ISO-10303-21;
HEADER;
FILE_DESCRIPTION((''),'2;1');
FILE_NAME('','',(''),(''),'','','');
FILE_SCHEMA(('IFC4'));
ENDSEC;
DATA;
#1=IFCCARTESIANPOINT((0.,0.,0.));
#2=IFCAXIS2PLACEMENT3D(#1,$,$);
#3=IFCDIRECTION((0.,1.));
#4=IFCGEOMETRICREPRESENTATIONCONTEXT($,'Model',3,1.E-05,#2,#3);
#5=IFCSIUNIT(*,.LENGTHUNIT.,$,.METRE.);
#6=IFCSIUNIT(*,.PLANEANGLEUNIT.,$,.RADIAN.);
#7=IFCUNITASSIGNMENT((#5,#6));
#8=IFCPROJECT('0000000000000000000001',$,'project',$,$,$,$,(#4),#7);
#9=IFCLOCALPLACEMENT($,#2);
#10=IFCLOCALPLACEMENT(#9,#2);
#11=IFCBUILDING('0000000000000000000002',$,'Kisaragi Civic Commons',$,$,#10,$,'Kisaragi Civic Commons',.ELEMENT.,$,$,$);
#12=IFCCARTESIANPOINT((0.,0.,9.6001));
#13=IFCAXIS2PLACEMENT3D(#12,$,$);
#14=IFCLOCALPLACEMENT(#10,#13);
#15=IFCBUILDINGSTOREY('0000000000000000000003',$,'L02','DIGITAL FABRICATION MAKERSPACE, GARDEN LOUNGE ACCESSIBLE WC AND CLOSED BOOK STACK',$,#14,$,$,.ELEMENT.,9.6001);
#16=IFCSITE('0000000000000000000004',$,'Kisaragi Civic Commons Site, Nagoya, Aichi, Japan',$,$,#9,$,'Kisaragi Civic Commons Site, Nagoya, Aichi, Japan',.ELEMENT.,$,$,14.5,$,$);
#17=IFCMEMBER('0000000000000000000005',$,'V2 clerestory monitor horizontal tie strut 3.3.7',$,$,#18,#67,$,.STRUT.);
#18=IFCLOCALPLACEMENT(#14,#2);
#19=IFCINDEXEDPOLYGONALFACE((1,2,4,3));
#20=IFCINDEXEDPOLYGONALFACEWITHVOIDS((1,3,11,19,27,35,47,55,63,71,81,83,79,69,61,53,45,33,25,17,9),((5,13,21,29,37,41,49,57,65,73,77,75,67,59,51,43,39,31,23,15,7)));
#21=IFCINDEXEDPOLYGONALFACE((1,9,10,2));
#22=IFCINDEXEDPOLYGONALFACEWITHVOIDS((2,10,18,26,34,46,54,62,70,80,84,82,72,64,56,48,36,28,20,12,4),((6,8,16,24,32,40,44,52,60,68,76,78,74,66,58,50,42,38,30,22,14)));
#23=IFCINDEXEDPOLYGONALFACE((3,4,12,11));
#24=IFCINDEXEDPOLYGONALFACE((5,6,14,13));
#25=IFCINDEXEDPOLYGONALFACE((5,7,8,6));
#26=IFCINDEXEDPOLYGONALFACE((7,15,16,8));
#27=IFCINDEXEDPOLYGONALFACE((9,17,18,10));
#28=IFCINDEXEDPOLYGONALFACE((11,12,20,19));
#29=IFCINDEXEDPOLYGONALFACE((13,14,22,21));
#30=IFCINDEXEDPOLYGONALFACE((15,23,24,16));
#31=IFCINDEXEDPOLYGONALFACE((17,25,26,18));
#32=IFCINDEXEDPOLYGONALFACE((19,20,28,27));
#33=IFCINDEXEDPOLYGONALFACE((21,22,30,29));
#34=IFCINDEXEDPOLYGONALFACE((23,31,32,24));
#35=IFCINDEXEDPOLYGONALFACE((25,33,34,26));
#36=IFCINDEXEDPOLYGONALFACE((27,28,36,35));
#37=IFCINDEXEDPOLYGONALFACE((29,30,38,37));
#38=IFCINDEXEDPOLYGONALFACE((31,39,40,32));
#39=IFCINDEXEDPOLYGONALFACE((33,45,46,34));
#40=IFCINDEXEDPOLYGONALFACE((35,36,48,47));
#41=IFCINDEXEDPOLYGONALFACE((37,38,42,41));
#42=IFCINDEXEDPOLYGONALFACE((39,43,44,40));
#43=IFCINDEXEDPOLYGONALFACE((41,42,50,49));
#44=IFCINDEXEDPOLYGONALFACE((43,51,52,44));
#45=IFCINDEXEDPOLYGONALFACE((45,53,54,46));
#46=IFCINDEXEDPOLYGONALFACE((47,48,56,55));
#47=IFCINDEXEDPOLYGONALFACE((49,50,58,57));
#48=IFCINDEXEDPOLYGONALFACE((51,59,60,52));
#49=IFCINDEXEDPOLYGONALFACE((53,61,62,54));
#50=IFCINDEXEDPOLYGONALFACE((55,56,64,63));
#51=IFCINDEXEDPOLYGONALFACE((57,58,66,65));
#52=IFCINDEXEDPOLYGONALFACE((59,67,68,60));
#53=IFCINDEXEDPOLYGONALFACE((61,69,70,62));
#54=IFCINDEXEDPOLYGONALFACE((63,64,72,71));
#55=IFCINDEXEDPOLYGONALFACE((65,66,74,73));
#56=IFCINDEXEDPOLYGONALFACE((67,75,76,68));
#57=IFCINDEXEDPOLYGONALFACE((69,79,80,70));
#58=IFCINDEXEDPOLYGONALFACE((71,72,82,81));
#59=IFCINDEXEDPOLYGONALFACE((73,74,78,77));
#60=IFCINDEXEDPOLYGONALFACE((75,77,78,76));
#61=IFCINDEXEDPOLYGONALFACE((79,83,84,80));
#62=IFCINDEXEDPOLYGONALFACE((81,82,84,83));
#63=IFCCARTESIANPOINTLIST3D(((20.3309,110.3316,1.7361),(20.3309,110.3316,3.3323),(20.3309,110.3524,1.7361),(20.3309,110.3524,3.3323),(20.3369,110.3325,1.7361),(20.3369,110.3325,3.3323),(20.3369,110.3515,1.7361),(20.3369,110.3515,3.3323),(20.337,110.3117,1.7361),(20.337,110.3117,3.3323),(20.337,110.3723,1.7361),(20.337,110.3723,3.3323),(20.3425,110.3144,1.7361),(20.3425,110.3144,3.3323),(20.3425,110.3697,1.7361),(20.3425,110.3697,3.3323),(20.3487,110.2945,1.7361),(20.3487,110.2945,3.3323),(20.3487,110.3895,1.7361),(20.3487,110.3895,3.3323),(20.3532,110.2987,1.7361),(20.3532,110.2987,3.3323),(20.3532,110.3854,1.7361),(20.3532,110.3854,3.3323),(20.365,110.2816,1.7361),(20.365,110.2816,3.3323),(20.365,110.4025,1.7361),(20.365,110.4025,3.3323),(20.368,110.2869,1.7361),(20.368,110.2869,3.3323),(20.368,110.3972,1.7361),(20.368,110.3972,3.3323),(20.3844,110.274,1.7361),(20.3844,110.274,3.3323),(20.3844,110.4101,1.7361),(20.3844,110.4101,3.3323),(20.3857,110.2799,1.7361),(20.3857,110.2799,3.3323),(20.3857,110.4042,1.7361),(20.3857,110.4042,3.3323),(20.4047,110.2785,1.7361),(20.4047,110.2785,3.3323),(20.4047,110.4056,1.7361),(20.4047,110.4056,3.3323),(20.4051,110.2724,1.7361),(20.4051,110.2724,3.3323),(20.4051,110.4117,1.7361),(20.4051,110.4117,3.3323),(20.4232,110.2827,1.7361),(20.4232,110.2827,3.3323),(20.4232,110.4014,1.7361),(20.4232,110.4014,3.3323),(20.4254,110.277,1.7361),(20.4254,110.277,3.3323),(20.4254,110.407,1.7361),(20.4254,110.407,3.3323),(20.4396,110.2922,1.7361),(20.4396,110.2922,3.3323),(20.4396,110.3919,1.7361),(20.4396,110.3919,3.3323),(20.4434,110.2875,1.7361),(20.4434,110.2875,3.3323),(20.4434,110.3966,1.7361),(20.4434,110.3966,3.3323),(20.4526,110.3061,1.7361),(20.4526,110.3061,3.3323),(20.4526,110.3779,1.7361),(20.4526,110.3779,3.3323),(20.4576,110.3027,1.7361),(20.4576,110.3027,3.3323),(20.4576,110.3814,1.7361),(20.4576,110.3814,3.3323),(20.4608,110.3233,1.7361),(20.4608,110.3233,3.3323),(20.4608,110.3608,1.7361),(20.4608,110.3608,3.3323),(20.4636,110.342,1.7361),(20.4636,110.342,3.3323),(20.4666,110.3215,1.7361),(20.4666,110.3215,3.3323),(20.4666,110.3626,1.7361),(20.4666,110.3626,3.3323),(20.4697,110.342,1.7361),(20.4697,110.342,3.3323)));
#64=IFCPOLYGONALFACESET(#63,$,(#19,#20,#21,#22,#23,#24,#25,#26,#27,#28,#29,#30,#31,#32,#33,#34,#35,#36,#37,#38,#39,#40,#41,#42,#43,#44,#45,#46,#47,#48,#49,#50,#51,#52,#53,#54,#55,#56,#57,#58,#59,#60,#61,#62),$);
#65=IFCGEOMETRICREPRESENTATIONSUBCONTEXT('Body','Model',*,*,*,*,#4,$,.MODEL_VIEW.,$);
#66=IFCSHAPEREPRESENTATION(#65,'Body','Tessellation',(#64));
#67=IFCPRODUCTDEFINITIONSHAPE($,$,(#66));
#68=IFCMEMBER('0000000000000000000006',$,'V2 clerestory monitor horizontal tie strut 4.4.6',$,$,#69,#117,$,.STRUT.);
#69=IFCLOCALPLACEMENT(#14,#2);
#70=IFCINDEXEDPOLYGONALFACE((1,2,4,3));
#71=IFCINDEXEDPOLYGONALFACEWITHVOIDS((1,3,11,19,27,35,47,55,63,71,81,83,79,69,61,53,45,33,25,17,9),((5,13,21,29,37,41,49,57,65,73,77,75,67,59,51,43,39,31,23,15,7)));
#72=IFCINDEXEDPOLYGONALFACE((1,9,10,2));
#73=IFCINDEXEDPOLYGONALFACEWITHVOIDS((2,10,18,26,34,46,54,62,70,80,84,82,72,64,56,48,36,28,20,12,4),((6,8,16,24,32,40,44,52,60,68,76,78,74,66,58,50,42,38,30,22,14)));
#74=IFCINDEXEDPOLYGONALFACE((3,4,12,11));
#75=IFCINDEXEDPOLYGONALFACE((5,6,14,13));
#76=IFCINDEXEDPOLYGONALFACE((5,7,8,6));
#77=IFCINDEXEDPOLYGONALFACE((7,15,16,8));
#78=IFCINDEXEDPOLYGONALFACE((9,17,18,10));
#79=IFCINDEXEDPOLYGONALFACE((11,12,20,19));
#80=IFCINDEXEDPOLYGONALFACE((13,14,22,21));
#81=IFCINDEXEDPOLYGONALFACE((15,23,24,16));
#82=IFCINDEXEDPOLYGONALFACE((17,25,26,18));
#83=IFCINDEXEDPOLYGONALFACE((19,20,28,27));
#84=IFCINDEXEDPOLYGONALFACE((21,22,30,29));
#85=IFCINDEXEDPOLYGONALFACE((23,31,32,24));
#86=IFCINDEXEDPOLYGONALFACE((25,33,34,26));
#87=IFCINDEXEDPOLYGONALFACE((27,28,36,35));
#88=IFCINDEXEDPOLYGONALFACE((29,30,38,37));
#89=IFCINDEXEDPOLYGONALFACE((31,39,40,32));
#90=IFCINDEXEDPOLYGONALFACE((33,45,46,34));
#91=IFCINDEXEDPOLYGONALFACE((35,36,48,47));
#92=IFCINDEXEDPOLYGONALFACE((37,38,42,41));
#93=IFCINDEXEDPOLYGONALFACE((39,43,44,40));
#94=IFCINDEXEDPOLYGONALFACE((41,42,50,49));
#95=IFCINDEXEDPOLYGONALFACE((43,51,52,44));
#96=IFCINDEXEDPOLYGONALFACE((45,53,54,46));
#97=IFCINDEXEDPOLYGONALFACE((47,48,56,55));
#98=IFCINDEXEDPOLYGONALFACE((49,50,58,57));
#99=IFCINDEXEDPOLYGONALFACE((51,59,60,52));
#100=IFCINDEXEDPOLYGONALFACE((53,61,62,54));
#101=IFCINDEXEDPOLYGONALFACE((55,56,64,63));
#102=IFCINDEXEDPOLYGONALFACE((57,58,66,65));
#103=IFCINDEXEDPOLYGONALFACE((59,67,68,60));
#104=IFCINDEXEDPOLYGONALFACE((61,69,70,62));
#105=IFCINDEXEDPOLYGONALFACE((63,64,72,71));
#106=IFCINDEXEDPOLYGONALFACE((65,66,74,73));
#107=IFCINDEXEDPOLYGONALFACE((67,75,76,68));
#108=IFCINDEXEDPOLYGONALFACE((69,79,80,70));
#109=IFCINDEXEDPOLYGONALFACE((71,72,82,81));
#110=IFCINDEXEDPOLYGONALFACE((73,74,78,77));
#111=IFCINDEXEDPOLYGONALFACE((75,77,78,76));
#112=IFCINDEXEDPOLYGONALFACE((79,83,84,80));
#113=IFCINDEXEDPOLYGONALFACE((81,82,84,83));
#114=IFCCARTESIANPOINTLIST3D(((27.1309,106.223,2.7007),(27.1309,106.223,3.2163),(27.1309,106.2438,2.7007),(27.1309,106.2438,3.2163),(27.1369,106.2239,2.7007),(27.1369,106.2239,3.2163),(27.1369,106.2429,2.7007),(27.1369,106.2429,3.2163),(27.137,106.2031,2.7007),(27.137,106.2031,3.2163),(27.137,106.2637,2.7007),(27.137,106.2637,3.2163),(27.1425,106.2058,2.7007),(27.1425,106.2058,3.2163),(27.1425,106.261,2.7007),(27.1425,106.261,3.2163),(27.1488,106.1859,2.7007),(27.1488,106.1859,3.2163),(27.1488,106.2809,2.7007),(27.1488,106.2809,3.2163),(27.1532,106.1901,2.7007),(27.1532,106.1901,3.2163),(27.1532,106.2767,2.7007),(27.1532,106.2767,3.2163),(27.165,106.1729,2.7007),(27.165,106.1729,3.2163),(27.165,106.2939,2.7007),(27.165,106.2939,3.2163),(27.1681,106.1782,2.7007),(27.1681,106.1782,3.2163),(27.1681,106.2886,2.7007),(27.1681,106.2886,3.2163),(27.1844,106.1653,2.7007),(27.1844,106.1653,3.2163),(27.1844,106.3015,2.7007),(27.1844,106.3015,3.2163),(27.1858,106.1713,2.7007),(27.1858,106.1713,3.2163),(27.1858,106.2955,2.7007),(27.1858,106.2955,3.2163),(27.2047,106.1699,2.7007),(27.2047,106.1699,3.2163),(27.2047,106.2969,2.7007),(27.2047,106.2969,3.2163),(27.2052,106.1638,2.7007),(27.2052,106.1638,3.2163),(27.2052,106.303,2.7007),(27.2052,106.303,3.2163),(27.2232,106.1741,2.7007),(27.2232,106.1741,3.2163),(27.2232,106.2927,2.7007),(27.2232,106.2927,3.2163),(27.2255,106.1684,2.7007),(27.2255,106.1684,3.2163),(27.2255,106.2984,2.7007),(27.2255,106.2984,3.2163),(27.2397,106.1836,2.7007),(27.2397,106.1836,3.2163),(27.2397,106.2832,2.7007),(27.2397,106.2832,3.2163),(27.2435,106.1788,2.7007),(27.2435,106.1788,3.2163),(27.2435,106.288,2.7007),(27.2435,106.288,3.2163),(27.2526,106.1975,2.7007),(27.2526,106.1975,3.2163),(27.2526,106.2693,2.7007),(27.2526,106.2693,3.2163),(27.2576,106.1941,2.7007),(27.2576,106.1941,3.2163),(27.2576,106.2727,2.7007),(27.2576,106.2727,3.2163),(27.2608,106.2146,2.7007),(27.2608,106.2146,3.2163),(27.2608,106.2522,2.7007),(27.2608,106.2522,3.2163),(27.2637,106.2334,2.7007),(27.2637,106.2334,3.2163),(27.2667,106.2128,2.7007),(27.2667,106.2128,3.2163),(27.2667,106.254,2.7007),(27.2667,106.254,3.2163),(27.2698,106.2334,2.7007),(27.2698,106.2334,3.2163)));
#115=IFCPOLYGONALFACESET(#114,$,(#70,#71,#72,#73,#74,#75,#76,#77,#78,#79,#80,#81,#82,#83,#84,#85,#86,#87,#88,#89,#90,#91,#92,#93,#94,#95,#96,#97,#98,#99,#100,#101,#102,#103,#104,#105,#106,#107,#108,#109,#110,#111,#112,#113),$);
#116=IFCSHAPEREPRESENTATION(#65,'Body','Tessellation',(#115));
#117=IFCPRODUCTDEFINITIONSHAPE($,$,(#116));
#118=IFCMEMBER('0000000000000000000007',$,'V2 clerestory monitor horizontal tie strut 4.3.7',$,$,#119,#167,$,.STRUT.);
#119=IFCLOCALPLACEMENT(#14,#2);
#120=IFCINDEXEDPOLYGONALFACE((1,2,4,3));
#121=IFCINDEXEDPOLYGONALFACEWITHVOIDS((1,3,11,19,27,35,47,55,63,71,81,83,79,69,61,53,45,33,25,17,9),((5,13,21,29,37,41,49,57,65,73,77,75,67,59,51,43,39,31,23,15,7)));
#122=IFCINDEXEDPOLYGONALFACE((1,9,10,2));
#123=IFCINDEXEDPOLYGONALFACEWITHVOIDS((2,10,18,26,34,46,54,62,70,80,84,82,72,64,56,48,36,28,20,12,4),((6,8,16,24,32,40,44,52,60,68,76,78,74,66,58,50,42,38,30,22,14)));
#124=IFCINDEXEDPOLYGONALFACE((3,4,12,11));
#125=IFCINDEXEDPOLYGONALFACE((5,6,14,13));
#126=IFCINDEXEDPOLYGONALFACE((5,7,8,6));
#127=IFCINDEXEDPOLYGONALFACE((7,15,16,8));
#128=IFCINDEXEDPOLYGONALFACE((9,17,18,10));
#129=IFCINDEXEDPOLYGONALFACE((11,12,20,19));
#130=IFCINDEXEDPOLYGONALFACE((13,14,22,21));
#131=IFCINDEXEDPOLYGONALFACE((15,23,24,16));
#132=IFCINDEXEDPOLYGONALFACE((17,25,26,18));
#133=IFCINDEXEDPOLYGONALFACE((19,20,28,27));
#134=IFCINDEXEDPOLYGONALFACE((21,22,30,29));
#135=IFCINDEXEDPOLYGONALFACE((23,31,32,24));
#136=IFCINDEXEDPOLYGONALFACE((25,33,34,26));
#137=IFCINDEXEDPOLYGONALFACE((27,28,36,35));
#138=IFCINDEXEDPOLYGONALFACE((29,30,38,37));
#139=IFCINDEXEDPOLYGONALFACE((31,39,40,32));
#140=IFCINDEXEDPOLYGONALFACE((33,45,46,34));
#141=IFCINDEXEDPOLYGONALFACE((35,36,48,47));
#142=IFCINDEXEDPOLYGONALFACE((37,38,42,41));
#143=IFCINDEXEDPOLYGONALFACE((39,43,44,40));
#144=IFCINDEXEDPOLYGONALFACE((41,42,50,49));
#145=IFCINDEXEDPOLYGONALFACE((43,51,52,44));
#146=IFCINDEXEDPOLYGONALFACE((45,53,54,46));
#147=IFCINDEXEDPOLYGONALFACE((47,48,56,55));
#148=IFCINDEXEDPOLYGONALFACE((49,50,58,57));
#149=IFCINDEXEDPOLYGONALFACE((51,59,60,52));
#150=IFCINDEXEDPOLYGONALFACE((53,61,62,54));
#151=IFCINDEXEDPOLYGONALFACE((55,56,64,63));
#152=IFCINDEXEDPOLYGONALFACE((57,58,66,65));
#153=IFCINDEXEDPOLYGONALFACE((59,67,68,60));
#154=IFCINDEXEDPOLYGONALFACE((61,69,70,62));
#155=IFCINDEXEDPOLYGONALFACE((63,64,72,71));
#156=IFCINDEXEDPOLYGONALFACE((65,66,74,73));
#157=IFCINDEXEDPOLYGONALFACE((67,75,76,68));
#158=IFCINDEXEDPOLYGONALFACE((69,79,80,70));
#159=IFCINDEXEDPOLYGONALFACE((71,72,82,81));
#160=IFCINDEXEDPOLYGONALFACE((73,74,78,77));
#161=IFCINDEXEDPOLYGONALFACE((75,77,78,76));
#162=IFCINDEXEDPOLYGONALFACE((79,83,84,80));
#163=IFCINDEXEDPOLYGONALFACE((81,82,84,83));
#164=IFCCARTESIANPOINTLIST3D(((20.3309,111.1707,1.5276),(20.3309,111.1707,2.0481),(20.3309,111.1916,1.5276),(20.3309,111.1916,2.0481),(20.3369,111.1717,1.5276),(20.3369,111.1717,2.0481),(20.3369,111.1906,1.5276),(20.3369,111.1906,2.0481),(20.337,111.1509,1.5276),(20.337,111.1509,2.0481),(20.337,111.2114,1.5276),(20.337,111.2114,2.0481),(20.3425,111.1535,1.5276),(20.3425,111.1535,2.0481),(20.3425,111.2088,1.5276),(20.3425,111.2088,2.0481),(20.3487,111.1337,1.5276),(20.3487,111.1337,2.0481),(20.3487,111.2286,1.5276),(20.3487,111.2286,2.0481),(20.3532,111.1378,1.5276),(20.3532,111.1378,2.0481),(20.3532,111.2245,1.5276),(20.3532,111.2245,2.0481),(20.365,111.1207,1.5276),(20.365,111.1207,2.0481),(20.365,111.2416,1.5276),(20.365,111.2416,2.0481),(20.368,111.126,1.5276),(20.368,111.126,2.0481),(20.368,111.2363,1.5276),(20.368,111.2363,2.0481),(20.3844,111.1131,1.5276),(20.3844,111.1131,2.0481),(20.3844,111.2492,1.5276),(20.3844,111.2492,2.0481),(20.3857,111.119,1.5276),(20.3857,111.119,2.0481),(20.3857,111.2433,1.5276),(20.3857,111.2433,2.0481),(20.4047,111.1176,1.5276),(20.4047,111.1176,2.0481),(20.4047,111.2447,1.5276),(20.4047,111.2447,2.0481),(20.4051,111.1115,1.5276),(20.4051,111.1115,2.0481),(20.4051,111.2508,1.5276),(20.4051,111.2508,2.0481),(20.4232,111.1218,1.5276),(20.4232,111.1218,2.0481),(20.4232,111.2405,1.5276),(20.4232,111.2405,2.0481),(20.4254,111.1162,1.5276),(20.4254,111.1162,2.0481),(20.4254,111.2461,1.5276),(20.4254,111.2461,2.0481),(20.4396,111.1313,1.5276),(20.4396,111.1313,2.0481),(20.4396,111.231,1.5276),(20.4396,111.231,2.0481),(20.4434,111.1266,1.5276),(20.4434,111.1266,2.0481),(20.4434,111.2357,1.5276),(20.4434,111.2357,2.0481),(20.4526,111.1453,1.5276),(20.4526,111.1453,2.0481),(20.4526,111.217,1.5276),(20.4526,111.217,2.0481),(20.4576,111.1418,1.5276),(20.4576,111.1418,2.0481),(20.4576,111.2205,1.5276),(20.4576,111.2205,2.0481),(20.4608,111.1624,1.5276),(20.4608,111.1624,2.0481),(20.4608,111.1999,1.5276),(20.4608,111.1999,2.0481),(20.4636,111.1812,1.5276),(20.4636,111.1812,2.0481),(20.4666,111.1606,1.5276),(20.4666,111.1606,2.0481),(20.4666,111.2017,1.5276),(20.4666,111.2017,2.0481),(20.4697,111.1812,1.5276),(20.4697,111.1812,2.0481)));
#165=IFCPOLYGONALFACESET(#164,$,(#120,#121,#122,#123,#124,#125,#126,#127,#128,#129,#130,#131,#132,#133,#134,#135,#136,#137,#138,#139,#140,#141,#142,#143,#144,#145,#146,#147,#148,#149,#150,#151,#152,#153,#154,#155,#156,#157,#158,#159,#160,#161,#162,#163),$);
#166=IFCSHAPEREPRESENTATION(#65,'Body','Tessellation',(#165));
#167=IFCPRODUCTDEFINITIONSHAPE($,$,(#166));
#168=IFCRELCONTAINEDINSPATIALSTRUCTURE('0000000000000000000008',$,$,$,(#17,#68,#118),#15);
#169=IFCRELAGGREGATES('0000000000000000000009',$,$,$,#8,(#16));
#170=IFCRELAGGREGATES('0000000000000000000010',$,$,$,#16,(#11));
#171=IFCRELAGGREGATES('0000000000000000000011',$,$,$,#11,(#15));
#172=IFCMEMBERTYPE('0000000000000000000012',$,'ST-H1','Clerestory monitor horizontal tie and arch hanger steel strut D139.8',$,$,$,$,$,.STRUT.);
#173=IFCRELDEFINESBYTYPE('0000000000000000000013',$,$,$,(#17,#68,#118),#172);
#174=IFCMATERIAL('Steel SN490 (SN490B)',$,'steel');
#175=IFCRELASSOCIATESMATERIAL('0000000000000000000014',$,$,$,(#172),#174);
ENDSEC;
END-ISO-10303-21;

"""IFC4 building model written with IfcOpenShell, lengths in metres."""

from ifc_helpers import new_model, si_unit, direction, frame, origin, origin_2d, place, context, subcontext, project, spatial, hollow_circle, extrude, material, material_profile, profile_set, type_object, element, save


model = new_model("IFC4")

# Units and contexts
model_context = context("Model", 3, precision=1e-05, world=origin(), true_north=direction((0.0, 1.0)))
body_context = subcontext(model_context, "Body", "Model", "MODEL_VIEW")
ifc_project = project(units=[si_unit("LENGTHUNIT", "METRE"), si_unit("PLANEANGLEUNIT", "RADIAN")], contexts=[model_context])

# Site, building, storey
site_placement = place(None, origin())
site = spatial("IfcSite", under=ifc_project, at=site_placement, Name="Kisaragi Civic Commons Site, Nagoya, Aichi, Japan", LongName="Kisaragi Civic Commons Site, Nagoya, Aichi, Japan", CompositionType="ELEMENT", RefElevation=14.5)
building_placement = place(site_placement, origin())
building = spatial("IfcBuilding", under=site, at=building_placement, Name="Kisaragi Civic Commons", LongName="Kisaragi Civic Commons", CompositionType="ELEMENT")
storey_placement = place(building_placement, frame((0.0, 0.0, 9.6001)))
storey = spatial("IfcBuildingStorey", under=building, at=storey_placement, Name="L02", Description="DIGITAL FABRICATION MAKERSPACE, GARDEN LOUNGE ACCESSIBLE WC AND CLOSED BOOK STACK", CompositionType="ELEMENT", Elevation=9.6001)

# Members
ifc_material_1 = material(Name="Steel SN490 (SN490B)", Category="steel")
ifc_material_profile_1 = material_profile(ifc_material_1, hollow_circle(Radius=0.0698, WallThickness=0.0061, at=origin_2d()), Name="CHS-139.8x6.0", Category="steel")
ifc_profile_set_1 = profile_set([ifc_material_profile_1], Name="Steel SN490 (SN490B)")
member_type_1 = type_object("IfcMemberType", Name="ST-H1", Description="Clerestory monitor horizontal tie and arch hanger steel strut D139.8", PredefinedType="STRUT", material=ifc_profile_set_1)
member_1_placement = place(storey_placement, frame((20.3999, 110.342, 1.7361), z_axis=(0.0, 0.0, 1.0), x_axis=(1.0, 0.0, 0.0)))
element("IfcMember", 1, at=member_1_placement, inside=storey, type_object=member_type_1, Name="V2 clerestory monitor horizontal tie strut 3.3.7", PredefinedType="STRUT", context=body_context, shape_type="SweptSolid", body=[
    extrude(hollow_circle(Radius=0.0698, WallThickness=0.0061, at=origin_2d()), origin(), (0.0, 0.0, 1.0), 1.5962),
])
member_2_placement = place(storey_placement, frame((27.2, 106.2334, 2.7007), z_axis=(0.0, 0.0, 1.0), x_axis=(1.0, 0.0, 0.0)))
element("IfcMember", 2, at=member_2_placement, inside=storey, type_object=member_type_1, Name="V2 clerestory monitor horizontal tie strut 4.4.6", PredefinedType="STRUT", context=body_context, shape_type="SweptSolid", body=[
    extrude(hollow_circle(Radius=0.0698, WallThickness=0.0061, at=origin_2d()), origin(), (0.0, 0.0, 1.0), 0.5156),
])
member_3_placement = place(storey_placement, frame((20.3999, 111.1812, 1.5276), z_axis=(0.0, 0.0, 1.0), x_axis=(1.0, 0.0, 0.0)))
element("IfcMember", 3, at=member_3_placement, inside=storey, type_object=member_type_1, Name="V2 clerestory monitor horizontal tie strut 4.3.7", PredefinedType="STRUT", context=body_context, shape_type="SweptSolid", body=[
    extrude(hollow_circle(Radius=0.0698, WallThickness=0.0061, at=origin_2d()), origin(), (0.0, 0.0, 1.0), 0.5205),
])

save(model, "model.ifc")
